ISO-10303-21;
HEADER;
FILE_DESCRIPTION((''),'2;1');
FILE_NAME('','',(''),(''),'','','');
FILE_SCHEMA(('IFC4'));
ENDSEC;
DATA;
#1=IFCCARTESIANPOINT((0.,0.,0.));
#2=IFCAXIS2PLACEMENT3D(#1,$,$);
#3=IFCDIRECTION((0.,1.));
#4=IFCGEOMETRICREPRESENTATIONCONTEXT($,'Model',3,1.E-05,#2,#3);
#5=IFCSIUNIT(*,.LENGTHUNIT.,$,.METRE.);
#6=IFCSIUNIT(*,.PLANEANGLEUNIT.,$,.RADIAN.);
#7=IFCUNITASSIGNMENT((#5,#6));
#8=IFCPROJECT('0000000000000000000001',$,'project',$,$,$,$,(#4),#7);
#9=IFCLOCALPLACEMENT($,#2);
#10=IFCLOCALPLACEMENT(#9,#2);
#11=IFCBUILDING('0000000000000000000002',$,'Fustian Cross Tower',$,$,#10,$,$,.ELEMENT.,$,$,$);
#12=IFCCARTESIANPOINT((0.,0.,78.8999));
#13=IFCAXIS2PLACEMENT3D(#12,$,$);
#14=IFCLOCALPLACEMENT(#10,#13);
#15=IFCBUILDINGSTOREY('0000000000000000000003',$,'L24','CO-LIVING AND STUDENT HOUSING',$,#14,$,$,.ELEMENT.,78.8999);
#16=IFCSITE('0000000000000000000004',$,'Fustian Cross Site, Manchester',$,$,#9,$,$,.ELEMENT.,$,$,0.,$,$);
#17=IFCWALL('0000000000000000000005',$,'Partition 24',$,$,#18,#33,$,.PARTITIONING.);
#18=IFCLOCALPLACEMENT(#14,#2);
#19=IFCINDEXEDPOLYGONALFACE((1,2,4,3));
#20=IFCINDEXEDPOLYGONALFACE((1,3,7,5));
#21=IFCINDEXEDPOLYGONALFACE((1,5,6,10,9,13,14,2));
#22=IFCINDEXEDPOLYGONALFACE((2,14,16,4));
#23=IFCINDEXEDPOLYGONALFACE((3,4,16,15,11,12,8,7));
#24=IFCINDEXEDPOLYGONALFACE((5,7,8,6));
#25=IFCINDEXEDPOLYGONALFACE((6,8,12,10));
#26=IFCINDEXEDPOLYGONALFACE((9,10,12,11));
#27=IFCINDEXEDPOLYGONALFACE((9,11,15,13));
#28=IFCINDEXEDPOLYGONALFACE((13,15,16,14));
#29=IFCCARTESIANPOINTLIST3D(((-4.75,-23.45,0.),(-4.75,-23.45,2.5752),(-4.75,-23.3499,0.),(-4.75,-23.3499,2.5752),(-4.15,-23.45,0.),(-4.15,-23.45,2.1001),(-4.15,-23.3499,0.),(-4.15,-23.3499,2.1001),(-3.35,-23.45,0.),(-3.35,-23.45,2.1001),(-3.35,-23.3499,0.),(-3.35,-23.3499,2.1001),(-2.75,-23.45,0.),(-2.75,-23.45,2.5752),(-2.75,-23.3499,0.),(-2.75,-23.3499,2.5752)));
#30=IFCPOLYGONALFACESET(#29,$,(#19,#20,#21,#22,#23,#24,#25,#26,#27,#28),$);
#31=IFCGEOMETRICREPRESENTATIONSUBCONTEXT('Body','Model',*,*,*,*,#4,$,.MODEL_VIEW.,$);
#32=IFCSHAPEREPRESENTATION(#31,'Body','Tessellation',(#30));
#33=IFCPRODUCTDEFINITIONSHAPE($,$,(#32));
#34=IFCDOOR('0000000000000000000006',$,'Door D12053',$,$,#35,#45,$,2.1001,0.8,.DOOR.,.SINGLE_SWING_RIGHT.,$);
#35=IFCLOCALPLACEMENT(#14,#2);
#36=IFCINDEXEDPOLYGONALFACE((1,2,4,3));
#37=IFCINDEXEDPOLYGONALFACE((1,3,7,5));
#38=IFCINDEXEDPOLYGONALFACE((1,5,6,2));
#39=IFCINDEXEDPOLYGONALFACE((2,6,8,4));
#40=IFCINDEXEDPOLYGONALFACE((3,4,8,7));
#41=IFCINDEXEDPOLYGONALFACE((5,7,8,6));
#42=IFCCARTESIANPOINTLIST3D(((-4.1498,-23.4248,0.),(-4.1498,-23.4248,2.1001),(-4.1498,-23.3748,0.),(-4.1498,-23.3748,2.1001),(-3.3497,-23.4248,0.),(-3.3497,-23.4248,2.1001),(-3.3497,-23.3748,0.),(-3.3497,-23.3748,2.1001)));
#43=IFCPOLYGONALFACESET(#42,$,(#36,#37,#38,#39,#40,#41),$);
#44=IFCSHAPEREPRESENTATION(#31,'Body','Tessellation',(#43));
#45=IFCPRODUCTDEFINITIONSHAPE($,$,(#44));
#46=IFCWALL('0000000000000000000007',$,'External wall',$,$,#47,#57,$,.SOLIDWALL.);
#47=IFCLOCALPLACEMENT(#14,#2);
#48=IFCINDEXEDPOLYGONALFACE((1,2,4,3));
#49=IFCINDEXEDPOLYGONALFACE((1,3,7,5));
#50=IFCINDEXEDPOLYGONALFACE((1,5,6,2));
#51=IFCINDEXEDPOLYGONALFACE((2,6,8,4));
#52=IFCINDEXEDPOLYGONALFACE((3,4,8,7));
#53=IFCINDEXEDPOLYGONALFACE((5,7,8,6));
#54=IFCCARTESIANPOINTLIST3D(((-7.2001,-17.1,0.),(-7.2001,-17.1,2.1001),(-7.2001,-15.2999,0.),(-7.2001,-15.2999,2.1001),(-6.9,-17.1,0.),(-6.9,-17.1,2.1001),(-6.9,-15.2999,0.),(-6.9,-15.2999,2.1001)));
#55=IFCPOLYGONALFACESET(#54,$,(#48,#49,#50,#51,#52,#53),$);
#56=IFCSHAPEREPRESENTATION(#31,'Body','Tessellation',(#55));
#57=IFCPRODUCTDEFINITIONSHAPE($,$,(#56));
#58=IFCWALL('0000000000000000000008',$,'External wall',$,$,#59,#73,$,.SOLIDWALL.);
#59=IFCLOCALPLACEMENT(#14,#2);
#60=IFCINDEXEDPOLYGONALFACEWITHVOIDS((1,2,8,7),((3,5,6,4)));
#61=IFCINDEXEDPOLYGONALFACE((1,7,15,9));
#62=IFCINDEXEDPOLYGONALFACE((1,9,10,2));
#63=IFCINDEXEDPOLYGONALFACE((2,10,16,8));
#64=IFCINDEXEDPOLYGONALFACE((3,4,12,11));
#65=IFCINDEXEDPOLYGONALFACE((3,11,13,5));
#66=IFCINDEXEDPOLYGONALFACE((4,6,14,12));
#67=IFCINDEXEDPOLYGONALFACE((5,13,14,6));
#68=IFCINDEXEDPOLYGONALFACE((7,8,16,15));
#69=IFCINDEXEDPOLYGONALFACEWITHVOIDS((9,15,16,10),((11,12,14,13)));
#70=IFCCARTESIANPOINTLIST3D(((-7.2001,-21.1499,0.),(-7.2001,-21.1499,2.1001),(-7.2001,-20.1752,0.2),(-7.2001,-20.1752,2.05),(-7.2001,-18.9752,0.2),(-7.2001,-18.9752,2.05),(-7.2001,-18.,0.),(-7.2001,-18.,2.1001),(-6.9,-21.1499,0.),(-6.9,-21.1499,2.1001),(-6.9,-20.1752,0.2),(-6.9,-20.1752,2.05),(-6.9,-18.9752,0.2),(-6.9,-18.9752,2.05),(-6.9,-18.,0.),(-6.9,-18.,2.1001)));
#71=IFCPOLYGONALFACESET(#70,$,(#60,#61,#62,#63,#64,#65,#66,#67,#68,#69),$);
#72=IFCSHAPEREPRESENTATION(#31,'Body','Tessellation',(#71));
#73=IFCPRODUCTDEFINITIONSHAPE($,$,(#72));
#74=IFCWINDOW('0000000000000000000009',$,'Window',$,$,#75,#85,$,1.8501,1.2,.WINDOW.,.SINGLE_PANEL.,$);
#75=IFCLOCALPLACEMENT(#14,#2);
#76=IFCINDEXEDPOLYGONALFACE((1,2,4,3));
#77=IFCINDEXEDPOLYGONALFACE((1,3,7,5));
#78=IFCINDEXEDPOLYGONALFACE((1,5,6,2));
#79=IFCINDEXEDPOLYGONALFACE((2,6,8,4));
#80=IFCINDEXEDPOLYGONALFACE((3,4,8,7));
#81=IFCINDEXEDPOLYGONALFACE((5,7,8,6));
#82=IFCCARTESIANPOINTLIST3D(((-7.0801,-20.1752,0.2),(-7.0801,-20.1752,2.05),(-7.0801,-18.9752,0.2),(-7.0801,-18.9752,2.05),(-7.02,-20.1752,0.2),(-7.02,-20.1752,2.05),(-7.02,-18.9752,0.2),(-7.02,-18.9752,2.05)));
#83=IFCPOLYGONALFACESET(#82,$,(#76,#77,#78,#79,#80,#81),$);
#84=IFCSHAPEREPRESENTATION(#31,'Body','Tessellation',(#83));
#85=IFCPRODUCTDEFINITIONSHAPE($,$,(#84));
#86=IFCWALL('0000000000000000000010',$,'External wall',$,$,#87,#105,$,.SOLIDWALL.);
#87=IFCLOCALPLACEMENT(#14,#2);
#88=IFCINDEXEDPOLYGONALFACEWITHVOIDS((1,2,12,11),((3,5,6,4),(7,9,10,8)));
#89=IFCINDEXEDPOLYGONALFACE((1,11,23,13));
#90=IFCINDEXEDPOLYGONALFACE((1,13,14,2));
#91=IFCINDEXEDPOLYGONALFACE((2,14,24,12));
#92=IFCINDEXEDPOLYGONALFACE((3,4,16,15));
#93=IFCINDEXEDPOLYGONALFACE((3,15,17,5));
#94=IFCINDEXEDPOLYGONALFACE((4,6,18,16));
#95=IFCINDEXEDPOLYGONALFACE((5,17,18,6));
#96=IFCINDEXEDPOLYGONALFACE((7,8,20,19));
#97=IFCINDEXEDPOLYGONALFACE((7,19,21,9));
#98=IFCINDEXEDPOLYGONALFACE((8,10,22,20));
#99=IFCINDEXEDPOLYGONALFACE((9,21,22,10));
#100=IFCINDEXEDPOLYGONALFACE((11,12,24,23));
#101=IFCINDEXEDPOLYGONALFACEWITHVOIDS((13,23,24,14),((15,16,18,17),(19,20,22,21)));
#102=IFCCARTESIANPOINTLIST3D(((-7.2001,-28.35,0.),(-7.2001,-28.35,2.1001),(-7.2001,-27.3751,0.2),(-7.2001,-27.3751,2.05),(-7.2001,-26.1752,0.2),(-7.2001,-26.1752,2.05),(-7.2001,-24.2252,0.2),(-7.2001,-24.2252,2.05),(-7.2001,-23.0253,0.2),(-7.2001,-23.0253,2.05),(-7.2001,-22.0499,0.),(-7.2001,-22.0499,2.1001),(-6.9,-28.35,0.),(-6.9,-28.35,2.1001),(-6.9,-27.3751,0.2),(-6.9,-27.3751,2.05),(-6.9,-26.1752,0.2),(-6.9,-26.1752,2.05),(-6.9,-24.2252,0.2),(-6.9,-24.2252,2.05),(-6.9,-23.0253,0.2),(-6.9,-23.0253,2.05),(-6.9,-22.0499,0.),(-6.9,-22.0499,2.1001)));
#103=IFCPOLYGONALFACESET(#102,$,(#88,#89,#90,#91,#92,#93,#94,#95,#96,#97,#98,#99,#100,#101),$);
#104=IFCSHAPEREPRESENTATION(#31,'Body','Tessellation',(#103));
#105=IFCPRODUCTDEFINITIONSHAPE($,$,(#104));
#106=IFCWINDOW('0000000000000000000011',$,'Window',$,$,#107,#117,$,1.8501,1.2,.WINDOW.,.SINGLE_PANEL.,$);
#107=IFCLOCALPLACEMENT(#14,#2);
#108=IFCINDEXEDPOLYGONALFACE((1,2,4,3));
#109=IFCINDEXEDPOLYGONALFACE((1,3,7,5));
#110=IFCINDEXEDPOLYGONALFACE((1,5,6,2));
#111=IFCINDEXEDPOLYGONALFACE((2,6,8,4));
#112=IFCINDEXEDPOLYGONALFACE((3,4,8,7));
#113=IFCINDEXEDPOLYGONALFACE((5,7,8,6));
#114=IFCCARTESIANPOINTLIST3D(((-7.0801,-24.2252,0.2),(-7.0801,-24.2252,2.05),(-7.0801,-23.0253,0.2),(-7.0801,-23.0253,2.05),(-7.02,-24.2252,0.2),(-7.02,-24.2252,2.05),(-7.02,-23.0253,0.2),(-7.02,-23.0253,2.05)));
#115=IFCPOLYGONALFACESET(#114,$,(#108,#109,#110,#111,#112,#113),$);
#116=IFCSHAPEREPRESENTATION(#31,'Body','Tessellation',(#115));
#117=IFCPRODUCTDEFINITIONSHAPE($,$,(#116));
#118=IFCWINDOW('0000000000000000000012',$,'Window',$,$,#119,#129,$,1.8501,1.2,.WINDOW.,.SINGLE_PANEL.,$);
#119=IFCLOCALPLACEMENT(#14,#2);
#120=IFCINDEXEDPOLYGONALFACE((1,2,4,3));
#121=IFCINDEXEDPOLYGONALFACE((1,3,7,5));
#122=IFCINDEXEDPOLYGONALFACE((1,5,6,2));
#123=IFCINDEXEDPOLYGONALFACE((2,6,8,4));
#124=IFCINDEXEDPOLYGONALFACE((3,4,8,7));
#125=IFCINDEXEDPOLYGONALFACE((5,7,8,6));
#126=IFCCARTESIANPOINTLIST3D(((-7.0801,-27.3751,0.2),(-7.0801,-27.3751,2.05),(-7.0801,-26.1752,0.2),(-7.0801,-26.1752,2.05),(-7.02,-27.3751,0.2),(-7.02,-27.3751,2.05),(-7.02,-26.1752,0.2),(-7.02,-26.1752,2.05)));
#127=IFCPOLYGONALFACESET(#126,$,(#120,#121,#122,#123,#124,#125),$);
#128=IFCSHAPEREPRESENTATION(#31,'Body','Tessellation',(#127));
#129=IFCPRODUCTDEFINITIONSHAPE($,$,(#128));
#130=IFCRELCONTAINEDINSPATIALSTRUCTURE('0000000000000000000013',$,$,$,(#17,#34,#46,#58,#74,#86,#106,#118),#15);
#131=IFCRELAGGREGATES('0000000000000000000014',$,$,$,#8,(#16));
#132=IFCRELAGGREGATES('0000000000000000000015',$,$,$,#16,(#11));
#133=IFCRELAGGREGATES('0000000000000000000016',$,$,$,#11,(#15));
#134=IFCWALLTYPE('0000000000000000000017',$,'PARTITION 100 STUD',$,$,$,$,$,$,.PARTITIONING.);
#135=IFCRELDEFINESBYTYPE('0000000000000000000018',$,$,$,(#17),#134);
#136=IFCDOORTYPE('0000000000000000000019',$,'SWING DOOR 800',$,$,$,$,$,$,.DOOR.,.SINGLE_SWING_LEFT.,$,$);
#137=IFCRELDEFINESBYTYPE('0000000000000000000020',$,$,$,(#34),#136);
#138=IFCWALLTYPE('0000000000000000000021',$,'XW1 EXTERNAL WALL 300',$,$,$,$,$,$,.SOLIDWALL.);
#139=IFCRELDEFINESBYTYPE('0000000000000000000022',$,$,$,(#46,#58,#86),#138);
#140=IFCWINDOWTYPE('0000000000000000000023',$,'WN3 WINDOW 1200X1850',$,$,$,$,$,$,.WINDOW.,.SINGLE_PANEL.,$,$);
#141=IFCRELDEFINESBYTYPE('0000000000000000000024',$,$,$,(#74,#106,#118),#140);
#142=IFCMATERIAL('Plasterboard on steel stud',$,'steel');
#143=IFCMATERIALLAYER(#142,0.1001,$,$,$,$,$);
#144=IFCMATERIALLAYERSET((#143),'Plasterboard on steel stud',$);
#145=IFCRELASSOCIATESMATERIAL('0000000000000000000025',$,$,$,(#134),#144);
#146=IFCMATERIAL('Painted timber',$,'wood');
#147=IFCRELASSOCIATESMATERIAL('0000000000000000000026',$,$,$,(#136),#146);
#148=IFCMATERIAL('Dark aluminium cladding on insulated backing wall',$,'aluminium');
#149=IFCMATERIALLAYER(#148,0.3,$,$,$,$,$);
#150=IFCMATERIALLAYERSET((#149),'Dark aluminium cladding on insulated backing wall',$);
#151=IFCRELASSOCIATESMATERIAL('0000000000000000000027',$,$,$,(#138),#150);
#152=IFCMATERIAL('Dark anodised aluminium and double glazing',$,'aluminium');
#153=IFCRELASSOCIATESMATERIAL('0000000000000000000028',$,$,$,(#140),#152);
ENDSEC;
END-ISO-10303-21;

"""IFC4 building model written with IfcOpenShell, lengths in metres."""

from ifc_helpers import new_model, si_unit, direction, frame, frame_2d, origin, place, context, subcontext, project, spatial, rectangle, extrude, material, layer, layer_set, type_object, element, fill, save


model = new_model("IFC4")

# Units and contexts
model_context = context("Model", 3, precision=1e-05, world=origin(), true_north=direction((0.0, 1.0)))
body_context = subcontext(model_context, "Body", "Model", "MODEL_VIEW")
ifc_project = project(units=[si_unit("LENGTHUNIT", "METRE"), si_unit("PLANEANGLEUNIT", "RADIAN")], contexts=[model_context])

# Site, building, storey
site_placement = place(None, origin())
site = spatial("IfcSite", under=ifc_project, at=site_placement, Name="Fustian Cross Site, Manchester", CompositionType="ELEMENT", RefElevation=0.0)
building_placement = place(site_placement, origin())
building = spatial("IfcBuilding", under=site, at=building_placement, Name="Fustian Cross Tower", CompositionType="ELEMENT")
storey_placement = place(building_placement, frame((0.0, 0.0, 78.8999)))
storey = spatial("IfcBuildingStorey", under=building, at=storey_placement, Name="L24", Description="CO-LIVING AND STUDENT HOUSING", CompositionType="ELEMENT", Elevation=78.8999)

# Shared definitions
ifc_material_1 = material(Name="Plasterboard on steel stud", Category="steel")
ifc_layer_1 = layer(ifc_material_1, 0.1001)
ifc_layer_set_1 = layer_set([ifc_layer_1], Name="Plasterboard on steel stud")
wall_type_1 = type_object("IfcWallType", Name="PARTITION 100 STUD", PredefinedType="PARTITIONING", material=ifc_layer_set_1)

# Wall, opening, door
ifc_material_2 = material(Name="Painted timber", Category="wood")
door_type = type_object("IfcDoorType", Name="SWING DOOR 800", OperationType="SINGLE_SWING_LEFT", PredefinedType="DOOR", material=ifc_material_2)
wall_1_placement = place(storey_placement, frame((-4.75, -23.3999, 0.0), z_axis=(0.0, 0.0, 1.0), x_axis=(1.0, 0.0, 0.0)))
wall_1 = element("IfcWall", 1, at=wall_1_placement, inside=storey, type_object=wall_type_1, Name="Partition 24", PredefinedType="PARTITIONING", context=body_context, shape_type="SweptSolid", body=[
    extrude(rectangle(XDim=2.0, YDim=0.1001, at=frame_2d((1.0, 0.0))), origin(), (0.0, 0.0, 1.0), 2.5752),
])
opening_1_placement = place(wall_1_placement, frame((0.6001, 0.0, 0.0)))
opening_1 = element("IfcOpeningElement", 2, at=opening_1_placement, cuts=wall_1, PredefinedType="OPENING", context=body_context, shape_type="SweptSolid", body=[
    extrude(rectangle(XDim=0.8, YDim=2.1001, at=frame_2d((0.3999, 1.05))), frame((0.0, 0.0601, 0.0), z_axis=(0.0, -1.0, 0.0), x_axis=(1.0, 0.0, 0.0)), (0.0, 0.0, 1.0), 0.1201),
])
door_1_placement = place(opening_1_placement, frame((0.8, 0.0, 0.0), z_axis=(0.0, 0.0, 1.0), x_axis=(-1.0, 0.0, 0.0)))
door_1 = element("IfcDoor", 3, at=door_1_placement, inside=storey, type_object=door_type, Name="Door D12053", OperationType="SINGLE_SWING_RIGHT", OverallHeight=2.1001, OverallWidth=0.8, PredefinedType="DOOR", context=body_context, shape_type="SweptSolid", body=[
    extrude(rectangle(XDim=0.8, YDim=2.1001, at=frame_2d((0.3999, 1.05))), frame((0.0, 0.0249, 0.0), z_axis=(0.0, -1.0, 0.0), x_axis=(1.0, 0.0, 0.0)), (0.0, 0.0, 1.0), 0.05),
])
fill(opening_1, door_1)

# Wall
ifc_material_3 = material(Name="Dark aluminium cladding on insulated backing wall", Category="aluminium")
ifc_layer_2 = layer(ifc_material_3, 0.3)
ifc_layer_set_2 = layer_set([ifc_layer_2], Name="Dark aluminium cladding on insulated backing wall")
wall_type_2 = type_object("IfcWallType", Name="XW1 EXTERNAL WALL 300", PredefinedType="SOLIDWALL", material=ifc_layer_set_2)
wall_2_placement = place(storey_placement, frame((-7.05, -15.3, 0.0), z_axis=(0.0, 0.0, 1.0), x_axis=(0.0, -1.0, 0.0)))
element("IfcWall", 4, at=wall_2_placement, inside=storey, type_object=wall_type_2, Name="External wall", PredefinedType="SOLIDWALL", context=body_context, shape_type="SweptSolid", body=[
    extrude(rectangle(XDim=1.8, YDim=0.3, at=frame_2d((0.8999, 0.0))), origin(), (0.0, 0.0, 1.0), 2.1001),
])

# Wall, opening, window
wall_3_placement = place(storey_placement, frame((-7.05, -18.0, 0.0), z_axis=(0.0, 0.0, 1.0), x_axis=(0.0, -1.0, 0.0)))
wall_3 = element("IfcWall", 5, at=wall_3_placement, inside=storey, type_object=wall_type_2, Name="External wall", PredefinedType="SOLIDWALL", context=body_context, shape_type="SweptSolid", body=[
    extrude(rectangle(XDim=3.1499, YDim=0.3, at=frame_2d((1.575, 0.0))), origin(), (0.0, 0.0, 1.0), 2.1001),
])
opening_2_placement = place(wall_3_placement, frame((0.9751, 0.0, 0.2)))
opening_2 = element("IfcOpeningElement", 6, at=opening_2_placement, cuts=wall_3, PredefinedType="OPENING", context=body_context, shape_type="SweptSolid", body=[
    extrude(rectangle(XDim=1.2, YDim=1.8501, at=frame_2d((0.6001, 0.925))), frame((0.0, 0.1599, 0.0), z_axis=(0.0, -1.0, 0.0), x_axis=(1.0, 0.0, 0.0)), (0.0, 0.0, 1.0), 0.3201),
])
ifc_material_4 = material(Name="Dark anodised aluminium and double glazing", Category="aluminium")
window_type = type_object("IfcWindowType", Name="WN3 WINDOW 1200X1850", PartitioningType="SINGLE_PANEL", PredefinedType="WINDOW", material=ifc_material_4)
window_1_placement = place(opening_2_placement, origin())
window_1 = element("IfcWindow", 7, at=window_1_placement, inside=storey, type_object=window_type, Name="Window", OverallHeight=1.8501, OverallWidth=1.2, PartitioningType="SINGLE_PANEL", PredefinedType="WINDOW", context=body_context, shape_type="SweptSolid", body=[
    extrude(rectangle(XDim=1.2, YDim=1.8501, at=frame_2d((0.6001, 0.925))), frame((0.0, 0.03, 0.0), z_axis=(0.0, -1.0, 0.0), x_axis=(1.0, 0.0, 0.0)), (0.0, 0.0, 1.0), 0.0601),
])
fill(opening_2, window_1)

# Wall, openings, windows
wall_4_placement = place(storey_placement, frame((-7.05, -22.05, 0.0), z_axis=(0.0, 0.0, 1.0), x_axis=(0.0, -1.0, 0.0)))
wall_4 = element("IfcWall", 8, at=wall_4_placement, inside=storey, type_object=wall_type_2, Name="External wall", PredefinedType="SOLIDWALL", context=body_context, shape_type="SweptSolid", body=[
    extrude(rectangle(XDim=6.3, YDim=0.3, at=frame_2d((3.1499, 0.0))), origin(), (0.0, 0.0, 1.0), 2.1001),
])
opening_3_placement = place(wall_4_placement, frame((0.9751, 0.0, 0.2)))
opening_3 = element("IfcOpeningElement", 9, at=opening_3_placement, cuts=wall_4, PredefinedType="OPENING", context=body_context, shape_type="SweptSolid", body=[
    extrude(rectangle(XDim=1.2, YDim=1.8501, at=frame_2d((0.6001, 0.925))), frame((0.0, 0.1599, 0.0), z_axis=(0.0, -1.0, 0.0), x_axis=(1.0, 0.0, 0.0)), (0.0, 0.0, 1.0), 0.3201),
])
opening_4_placement = place(wall_4_placement, frame((4.125, 0.0, 0.2)))
opening_4 = element("IfcOpeningElement", 10, at=opening_4_placement, cuts=wall_4, PredefinedType="OPENING", context=body_context, shape_type="SweptSolid", body=[
    extrude(rectangle(XDim=1.2, YDim=1.8501, at=frame_2d((0.6001, 0.925))), frame((0.0, 0.1599, 0.0), z_axis=(0.0, -1.0, 0.0), x_axis=(1.0, 0.0, 0.0)), (0.0, 0.0, 1.0), 0.3201),
])
window_2_placement = place(opening_3_placement, origin())
window_2 = element("IfcWindow", 11, at=window_2_placement, inside=storey, type_object=window_type, Name="Window", OverallHeight=1.8501, OverallWidth=1.2, PartitioningType="SINGLE_PANEL", PredefinedType="WINDOW", context=body_context, shape_type="SweptSolid", body=[
    extrude(rectangle(XDim=1.2, YDim=1.8501, at=frame_2d((0.6001, 0.925))), frame((0.0, 0.03, 0.0), z_axis=(0.0, -1.0, 0.0), x_axis=(1.0, 0.0, 0.0)), (0.0, 0.0, 1.0), 0.0601),
])
fill(opening_3, window_2)
window_3_placement = place(opening_4_placement, origin())
window_3 = element("IfcWindow", 12, at=window_3_placement, inside=storey, type_object=window_type, Name="Window", OverallHeight=1.8501, OverallWidth=1.2, PartitioningType="SINGLE_PANEL", PredefinedType="WINDOW", context=body_context, shape_type="SweptSolid", body=[
    extrude(rectangle(XDim=1.2, YDim=1.8501, at=frame_2d((0.6001, 0.925))), frame((0.0, 0.03, 0.0), z_axis=(0.0, -1.0, 0.0), x_axis=(1.0, 0.0, 0.0)), (0.0, 0.0, 1.0), 0.0601),
])
fill(opening_4, window_3)

save(model, "model.ifc")
